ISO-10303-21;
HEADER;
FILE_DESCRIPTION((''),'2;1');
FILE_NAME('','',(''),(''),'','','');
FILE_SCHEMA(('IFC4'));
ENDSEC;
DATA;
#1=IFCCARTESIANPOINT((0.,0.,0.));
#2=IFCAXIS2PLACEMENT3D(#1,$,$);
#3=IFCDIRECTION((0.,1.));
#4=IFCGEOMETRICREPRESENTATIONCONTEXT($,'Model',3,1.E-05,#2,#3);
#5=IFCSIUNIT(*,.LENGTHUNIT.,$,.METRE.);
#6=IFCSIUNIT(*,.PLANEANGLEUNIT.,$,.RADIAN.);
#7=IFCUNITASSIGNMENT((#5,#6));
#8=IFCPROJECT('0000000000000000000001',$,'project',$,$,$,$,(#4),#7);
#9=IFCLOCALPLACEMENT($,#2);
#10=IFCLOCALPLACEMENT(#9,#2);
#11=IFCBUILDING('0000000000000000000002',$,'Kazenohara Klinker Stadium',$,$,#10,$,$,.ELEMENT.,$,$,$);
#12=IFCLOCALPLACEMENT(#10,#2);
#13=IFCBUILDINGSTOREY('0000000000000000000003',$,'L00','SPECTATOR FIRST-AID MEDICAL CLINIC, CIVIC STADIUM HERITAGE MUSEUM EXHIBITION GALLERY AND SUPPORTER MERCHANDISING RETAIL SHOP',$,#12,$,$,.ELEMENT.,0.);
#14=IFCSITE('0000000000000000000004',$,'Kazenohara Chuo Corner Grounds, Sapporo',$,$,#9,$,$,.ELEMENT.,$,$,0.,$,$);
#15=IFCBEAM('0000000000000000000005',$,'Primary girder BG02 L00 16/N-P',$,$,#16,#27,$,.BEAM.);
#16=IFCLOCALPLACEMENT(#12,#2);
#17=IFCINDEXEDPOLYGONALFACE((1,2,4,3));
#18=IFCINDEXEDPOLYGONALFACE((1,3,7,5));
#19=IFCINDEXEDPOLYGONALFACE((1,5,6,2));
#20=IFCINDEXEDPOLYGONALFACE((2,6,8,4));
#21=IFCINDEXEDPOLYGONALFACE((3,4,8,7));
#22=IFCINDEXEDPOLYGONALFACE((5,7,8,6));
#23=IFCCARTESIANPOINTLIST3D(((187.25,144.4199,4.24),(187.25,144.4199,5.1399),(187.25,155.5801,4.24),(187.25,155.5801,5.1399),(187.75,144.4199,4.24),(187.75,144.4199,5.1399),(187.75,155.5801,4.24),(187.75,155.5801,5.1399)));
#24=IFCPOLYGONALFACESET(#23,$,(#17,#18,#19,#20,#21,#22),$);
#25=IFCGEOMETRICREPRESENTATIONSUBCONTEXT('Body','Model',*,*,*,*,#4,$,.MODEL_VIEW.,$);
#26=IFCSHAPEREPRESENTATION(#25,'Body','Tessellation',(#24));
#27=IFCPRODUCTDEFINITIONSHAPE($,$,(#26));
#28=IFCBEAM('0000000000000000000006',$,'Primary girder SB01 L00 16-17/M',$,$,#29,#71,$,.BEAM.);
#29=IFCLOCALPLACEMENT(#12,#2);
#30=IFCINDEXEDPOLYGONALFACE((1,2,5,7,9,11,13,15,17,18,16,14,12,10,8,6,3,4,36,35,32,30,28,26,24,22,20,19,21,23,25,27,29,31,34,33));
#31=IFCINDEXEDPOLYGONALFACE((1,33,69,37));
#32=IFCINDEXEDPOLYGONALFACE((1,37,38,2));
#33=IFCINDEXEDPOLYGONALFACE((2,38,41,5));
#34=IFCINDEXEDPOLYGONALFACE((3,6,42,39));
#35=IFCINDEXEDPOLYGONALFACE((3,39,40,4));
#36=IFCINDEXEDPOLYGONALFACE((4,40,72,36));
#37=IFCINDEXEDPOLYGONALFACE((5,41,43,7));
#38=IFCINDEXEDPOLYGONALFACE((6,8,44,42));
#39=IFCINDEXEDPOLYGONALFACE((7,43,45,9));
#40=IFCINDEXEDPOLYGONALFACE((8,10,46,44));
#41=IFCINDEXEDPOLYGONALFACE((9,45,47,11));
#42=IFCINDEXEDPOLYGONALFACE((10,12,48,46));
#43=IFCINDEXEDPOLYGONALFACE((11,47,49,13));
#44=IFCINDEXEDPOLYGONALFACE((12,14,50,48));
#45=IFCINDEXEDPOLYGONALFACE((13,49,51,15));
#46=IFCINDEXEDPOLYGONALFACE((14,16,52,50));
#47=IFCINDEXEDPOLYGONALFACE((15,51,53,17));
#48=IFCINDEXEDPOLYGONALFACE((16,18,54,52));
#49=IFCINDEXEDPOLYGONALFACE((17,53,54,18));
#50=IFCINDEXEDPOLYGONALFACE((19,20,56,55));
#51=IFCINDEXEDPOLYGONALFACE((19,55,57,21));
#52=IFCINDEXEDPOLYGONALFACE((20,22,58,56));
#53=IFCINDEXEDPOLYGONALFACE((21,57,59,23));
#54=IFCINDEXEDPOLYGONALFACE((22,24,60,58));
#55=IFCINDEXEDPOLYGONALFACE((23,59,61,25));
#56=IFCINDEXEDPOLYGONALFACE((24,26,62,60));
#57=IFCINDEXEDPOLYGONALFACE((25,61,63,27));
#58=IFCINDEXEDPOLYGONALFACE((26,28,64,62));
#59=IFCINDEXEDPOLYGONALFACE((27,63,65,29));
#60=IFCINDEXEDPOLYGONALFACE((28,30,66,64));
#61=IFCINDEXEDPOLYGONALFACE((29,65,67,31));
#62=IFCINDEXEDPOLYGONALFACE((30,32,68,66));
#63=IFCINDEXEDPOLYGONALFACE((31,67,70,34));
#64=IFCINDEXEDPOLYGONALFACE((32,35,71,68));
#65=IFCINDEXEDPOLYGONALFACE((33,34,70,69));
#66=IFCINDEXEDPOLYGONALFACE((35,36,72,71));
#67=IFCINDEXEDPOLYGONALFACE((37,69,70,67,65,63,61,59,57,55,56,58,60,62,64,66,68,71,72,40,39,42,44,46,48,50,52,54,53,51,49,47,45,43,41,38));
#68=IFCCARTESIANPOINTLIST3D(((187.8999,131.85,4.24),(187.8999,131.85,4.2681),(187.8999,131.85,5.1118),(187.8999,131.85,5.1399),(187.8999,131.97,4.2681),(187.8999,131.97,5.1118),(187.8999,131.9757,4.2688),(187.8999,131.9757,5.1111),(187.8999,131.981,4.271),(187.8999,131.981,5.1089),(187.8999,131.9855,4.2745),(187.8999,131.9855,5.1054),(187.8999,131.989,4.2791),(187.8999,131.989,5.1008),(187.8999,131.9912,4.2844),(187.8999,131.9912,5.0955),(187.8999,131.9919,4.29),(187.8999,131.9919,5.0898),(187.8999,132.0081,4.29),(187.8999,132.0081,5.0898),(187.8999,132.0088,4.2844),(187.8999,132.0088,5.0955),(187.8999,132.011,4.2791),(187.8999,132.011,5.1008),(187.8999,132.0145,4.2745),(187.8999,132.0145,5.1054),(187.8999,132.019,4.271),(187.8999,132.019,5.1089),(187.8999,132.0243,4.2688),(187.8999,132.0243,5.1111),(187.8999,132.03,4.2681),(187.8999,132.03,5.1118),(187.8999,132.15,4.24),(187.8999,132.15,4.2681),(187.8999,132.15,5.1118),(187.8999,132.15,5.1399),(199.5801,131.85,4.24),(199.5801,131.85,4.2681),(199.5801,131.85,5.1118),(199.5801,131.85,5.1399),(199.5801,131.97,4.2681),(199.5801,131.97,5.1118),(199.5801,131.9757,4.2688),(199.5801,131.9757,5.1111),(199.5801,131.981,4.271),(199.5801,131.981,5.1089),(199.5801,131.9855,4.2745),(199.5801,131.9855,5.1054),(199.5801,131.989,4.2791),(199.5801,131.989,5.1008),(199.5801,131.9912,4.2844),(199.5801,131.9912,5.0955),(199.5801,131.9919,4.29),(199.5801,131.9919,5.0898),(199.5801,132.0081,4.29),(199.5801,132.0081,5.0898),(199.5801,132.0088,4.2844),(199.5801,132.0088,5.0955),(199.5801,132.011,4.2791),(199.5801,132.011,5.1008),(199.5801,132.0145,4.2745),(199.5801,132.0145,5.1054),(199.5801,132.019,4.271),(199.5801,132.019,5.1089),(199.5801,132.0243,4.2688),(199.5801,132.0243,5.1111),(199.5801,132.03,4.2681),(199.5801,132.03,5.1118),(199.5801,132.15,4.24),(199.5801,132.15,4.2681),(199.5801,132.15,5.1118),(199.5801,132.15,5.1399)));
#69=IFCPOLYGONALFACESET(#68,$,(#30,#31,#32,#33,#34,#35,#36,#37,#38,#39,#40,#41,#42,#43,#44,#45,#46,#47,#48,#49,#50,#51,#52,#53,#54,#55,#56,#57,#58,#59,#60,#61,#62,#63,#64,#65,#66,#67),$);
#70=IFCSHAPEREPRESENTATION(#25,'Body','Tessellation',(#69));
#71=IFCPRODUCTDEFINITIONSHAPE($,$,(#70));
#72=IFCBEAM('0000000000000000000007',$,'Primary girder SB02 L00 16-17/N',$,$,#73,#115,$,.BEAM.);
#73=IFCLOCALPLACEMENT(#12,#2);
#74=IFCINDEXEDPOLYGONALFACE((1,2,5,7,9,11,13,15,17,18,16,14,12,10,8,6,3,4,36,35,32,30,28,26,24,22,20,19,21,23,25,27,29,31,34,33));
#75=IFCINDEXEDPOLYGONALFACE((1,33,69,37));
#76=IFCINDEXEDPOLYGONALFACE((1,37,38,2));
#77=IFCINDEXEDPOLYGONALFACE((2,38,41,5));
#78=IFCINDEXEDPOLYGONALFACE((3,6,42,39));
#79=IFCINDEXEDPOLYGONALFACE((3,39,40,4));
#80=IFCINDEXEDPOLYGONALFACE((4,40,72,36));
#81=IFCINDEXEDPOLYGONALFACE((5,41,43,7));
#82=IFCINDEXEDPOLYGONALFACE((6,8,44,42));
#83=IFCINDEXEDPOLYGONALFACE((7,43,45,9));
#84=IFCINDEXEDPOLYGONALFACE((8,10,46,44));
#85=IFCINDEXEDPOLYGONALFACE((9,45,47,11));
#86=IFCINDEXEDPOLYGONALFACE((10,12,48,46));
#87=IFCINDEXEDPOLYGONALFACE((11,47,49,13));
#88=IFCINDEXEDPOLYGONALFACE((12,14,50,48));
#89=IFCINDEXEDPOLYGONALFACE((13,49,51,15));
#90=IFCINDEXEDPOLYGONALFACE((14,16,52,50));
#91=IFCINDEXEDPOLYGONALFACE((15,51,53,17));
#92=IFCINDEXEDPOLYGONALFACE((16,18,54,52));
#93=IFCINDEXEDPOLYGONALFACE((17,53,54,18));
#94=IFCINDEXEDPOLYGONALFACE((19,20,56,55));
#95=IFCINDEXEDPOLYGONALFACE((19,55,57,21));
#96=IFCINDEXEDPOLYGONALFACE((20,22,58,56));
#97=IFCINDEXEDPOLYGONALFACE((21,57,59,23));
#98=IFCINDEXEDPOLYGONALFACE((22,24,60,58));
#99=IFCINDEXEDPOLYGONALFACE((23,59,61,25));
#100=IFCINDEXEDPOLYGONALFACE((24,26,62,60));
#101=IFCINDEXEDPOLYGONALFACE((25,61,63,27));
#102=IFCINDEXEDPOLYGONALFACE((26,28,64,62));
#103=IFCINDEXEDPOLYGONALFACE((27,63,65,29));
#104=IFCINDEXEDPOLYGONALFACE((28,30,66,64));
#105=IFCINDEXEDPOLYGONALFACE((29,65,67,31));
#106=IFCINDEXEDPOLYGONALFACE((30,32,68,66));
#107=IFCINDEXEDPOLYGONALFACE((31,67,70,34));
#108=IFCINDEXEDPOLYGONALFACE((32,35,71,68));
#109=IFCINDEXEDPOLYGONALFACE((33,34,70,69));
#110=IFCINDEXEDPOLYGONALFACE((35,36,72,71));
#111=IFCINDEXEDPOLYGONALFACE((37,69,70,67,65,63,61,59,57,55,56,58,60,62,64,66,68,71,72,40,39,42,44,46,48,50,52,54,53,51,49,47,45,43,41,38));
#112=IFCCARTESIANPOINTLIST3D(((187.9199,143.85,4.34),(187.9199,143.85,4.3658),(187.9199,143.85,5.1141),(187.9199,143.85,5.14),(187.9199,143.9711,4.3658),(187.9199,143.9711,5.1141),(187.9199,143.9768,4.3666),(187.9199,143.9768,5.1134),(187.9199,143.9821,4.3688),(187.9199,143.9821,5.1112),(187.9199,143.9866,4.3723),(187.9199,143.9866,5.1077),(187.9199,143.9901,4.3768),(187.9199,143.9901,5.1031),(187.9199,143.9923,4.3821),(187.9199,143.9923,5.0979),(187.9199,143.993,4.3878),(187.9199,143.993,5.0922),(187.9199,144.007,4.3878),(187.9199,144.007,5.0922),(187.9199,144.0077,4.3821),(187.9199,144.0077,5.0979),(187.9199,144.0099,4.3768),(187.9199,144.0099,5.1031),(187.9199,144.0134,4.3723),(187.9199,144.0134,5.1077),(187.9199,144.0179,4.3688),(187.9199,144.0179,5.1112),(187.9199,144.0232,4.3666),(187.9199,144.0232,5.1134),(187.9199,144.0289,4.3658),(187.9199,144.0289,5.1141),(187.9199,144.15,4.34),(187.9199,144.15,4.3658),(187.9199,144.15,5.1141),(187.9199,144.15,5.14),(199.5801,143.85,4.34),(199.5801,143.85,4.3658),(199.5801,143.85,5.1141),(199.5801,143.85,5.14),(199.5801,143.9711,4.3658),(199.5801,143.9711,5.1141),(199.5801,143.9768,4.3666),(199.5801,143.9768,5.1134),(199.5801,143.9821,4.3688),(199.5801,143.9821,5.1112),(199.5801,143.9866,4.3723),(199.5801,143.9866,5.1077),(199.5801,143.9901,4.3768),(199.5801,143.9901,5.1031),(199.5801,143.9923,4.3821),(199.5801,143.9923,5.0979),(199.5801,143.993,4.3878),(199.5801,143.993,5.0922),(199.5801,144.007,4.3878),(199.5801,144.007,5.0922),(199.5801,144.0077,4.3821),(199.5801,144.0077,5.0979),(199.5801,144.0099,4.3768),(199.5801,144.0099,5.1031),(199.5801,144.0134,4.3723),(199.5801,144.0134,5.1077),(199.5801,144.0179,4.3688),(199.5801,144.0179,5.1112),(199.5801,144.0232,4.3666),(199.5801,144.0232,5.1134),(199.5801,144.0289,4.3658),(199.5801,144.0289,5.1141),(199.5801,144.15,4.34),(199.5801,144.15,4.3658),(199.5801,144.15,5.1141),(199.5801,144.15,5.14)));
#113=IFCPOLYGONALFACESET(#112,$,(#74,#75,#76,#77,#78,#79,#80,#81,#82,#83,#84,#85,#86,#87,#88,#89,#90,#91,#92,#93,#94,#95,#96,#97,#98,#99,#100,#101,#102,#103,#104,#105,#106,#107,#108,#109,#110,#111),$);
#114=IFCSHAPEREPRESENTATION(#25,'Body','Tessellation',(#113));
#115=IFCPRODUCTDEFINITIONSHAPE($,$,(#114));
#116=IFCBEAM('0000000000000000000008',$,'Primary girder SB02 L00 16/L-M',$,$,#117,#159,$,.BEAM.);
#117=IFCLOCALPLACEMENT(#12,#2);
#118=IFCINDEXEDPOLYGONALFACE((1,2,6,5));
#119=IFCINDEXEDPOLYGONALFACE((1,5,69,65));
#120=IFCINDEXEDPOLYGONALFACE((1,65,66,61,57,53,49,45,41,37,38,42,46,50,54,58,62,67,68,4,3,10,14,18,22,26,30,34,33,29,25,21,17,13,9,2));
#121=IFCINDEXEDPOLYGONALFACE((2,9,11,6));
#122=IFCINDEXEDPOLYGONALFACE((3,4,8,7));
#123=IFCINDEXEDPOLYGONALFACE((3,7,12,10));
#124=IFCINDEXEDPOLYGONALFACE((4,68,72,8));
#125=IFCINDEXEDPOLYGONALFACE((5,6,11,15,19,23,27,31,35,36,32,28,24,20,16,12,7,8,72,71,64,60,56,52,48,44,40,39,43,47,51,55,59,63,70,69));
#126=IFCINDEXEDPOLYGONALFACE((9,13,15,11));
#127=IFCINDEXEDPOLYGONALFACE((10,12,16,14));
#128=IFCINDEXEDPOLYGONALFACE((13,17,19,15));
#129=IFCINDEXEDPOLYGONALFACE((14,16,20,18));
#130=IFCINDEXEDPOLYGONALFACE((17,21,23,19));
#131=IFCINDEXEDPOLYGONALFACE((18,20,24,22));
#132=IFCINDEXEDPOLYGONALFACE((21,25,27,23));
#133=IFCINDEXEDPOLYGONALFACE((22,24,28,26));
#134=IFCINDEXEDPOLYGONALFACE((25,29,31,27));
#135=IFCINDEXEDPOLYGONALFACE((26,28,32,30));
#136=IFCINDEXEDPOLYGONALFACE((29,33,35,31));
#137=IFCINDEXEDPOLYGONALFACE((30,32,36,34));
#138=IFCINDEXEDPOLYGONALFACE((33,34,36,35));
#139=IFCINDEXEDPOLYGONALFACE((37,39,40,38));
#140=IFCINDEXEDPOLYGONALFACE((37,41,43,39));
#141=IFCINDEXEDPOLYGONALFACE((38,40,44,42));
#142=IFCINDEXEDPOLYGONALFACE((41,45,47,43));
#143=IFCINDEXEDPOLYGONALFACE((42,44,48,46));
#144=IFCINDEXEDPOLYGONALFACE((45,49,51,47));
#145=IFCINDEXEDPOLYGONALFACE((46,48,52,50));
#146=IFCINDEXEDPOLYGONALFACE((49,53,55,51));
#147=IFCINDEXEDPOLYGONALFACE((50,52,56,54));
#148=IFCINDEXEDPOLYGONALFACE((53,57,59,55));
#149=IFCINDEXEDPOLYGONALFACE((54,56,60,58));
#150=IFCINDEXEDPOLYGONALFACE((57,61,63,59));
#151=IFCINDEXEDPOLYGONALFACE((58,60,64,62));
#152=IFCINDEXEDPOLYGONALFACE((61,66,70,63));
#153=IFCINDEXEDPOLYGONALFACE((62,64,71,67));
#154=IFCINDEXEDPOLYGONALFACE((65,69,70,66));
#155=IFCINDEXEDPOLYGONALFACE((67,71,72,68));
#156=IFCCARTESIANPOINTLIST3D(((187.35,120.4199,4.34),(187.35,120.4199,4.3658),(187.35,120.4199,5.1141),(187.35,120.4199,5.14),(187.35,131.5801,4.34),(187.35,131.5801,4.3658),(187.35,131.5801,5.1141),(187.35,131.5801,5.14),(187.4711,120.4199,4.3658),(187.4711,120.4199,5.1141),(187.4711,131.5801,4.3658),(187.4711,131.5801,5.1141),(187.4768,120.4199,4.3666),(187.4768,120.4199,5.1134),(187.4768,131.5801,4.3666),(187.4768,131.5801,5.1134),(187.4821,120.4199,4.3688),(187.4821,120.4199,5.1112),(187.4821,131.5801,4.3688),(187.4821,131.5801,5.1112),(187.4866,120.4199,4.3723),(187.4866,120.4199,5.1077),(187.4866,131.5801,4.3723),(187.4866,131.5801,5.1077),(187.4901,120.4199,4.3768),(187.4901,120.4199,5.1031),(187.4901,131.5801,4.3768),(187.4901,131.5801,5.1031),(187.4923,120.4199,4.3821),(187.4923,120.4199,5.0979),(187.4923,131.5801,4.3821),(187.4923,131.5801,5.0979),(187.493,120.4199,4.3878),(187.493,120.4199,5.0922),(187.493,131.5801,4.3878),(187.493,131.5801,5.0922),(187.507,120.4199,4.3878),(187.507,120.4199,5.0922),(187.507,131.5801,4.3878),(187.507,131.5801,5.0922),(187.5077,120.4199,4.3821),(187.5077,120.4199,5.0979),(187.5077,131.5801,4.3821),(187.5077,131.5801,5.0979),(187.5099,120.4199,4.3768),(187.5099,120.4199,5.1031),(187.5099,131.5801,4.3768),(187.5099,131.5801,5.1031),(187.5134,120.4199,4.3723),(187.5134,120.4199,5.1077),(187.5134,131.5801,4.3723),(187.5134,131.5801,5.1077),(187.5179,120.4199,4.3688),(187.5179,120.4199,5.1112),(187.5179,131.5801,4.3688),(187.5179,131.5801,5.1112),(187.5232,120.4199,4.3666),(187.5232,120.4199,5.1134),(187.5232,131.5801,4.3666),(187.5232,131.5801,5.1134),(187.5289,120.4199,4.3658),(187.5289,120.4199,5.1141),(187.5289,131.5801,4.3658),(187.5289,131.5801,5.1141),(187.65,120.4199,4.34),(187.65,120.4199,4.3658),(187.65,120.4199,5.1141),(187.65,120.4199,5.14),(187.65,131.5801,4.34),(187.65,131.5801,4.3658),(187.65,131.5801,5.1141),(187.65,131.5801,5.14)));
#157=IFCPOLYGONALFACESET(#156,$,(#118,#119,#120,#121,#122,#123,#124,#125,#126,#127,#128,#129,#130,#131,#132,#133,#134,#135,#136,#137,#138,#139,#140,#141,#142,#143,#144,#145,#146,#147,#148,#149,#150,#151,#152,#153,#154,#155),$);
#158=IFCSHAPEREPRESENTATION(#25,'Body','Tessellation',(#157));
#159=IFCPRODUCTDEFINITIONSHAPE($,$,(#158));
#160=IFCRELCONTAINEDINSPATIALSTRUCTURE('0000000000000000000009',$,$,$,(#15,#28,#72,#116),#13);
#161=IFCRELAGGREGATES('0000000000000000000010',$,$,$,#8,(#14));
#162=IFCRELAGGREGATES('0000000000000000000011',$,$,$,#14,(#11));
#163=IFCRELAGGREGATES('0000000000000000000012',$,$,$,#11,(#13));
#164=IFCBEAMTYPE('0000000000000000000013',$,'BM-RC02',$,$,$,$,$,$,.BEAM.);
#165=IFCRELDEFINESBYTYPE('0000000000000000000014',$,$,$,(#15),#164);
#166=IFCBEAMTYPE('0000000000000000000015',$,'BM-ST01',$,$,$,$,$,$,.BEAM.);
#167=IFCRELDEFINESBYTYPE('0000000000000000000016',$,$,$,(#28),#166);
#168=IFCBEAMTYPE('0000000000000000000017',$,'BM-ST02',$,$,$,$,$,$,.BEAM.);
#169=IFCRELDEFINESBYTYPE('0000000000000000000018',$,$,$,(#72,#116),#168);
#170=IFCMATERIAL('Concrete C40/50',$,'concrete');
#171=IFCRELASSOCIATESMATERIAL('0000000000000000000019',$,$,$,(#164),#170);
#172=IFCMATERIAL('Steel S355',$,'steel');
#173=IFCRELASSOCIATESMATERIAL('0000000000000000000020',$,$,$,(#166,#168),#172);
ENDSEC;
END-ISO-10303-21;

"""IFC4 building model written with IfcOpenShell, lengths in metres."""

from ifc_helpers import new_model, si_unit, direction, frame, origin, origin_2d, place, context, subcontext, project, spatial, rectangle, i_section, extrude, material, material_profile, profile_set, type_object, element, save


model = new_model("IFC4")

# Units and contexts
model_context = context("Model", 3, precision=1e-05, world=origin(), true_north=direction((0.0, 1.0)))
body_context = subcontext(model_context, "Body", "Model", "MODEL_VIEW")
ifc_project = project(units=[si_unit("LENGTHUNIT", "METRE"), si_unit("PLANEANGLEUNIT", "RADIAN")], contexts=[model_context])

# Site, building, storey
site_placement = place(None, origin())
site = spatial("IfcSite", under=ifc_project, at=site_placement, Name="Kazenohara Chuo Corner Grounds, Sapporo", CompositionType="ELEMENT", RefElevation=0.0)
building_placement = place(site_placement, origin())
building = spatial("IfcBuilding", under=site, at=building_placement, Name="Kazenohara Klinker Stadium", CompositionType="ELEMENT")
storey_placement = place(building_placement, origin())
storey = spatial("IfcBuildingStorey", under=building, at=storey_placement, Name="L00", Description="SPECTATOR FIRST-AID MEDICAL CLINIC, CIVIC STADIUM HERITAGE MUSEUM EXHIBITION GALLERY AND SUPPORTER MERCHANDISING RETAIL SHOP", CompositionType="ELEMENT", Elevation=0.0)

# Shared definitions
ifc_material_1 = material(Name="Concrete C40/50", Category="concrete")

# Beams
ifc_material_2 = material(Name="Steel S355", Category="steel")
ifc_material_profile_1 = material_profile(ifc_material_1, rectangle(XDim=0.5, YDim=0.8999, at=origin_2d()), Name="RC-BM-500x900")
ifc_profile_set_1 = profile_set([ifc_material_profile_1], Name="Concrete C40/50")
beam_type_1 = type_object("IfcBeamType", Name="BM-RC02", PredefinedType="BEAM", material=ifc_profile_set_1)
beam_1_placement = place(storey_placement, frame((187.5, 144.4199, 4.6899), z_axis=(0.0, 1.0, 0.0), x_axis=(-1.0, 0.0, 0.0)))
element("IfcBeam", 1, at=beam_1_placement, inside=storey, type_object=beam_type_1, Name="Primary girder BG02 L00 16/N-P", PredefinedType="BEAM", context=body_context, shape_type="SweptSolid", body=[
    extrude(rectangle(XDim=0.5, YDim=0.8999, at=origin_2d()), origin(), (0.0, 0.0, 1.0), 11.1602),
])
ifc_material_profile_2 = material_profile(ifc_material_2, i_section(OverallWidth=0.3, OverallDepth=0.8999, WebThickness=0.0161, FlangeThickness=0.0281, FilletRadius=0.022, at=origin_2d()), Name="H-900x300x16x28")
ifc_profile_set_2 = profile_set([ifc_material_profile_2], Name="Steel S355")
beam_type_2 = type_object("IfcBeamType", Name="BM-ST01", PredefinedType="BEAM", material=ifc_profile_set_2)
beam_2_placement = place(storey_placement, frame((187.8999, 132.0, 4.6899), z_axis=(1.0, 0.0, 0.0), x_axis=(0.0, 1.0, 0.0)))
element("IfcBeam", 2, at=beam_2_placement, inside=storey, type_object=beam_type_2, Name="Primary girder SB01 L00 16-17/M", PredefinedType="BEAM", context=body_context, shape_type="SweptSolid", body=[
    extrude(i_section(OverallWidth=0.3, OverallDepth=0.8999, WebThickness=0.0161, FlangeThickness=0.0281, FilletRadius=0.022, at=origin_2d()), origin(), (0.0, 0.0, 1.0), 11.6802),
])
ifc_material_profile_3 = material_profile(ifc_material_2, i_section(OverallWidth=0.3, OverallDepth=0.8, WebThickness=0.0139, FlangeThickness=0.0259, FilletRadius=0.022, at=origin_2d()), Name="H-800x300x14x26")
ifc_profile_set_3 = profile_set([ifc_material_profile_3], Name="Steel S355")
beam_type_3 = type_object("IfcBeamType", Name="BM-ST02", PredefinedType="BEAM", material=ifc_profile_set_3)
beam_3_placement = place(storey_placement, frame((187.9199, 144.0, 4.74), z_axis=(1.0, 0.0, 0.0), x_axis=(0.0, 1.0, 0.0)))
element("IfcBeam", 3, at=beam_3_placement, inside=storey, type_object=beam_type_3, Name="Primary girder SB02 L00 16-17/N", PredefinedType="BEAM", context=body_context, shape_type="SweptSolid", body=[
    extrude(i_section(OverallWidth=0.3, OverallDepth=0.8, WebThickness=0.0139, FlangeThickness=0.0259, FilletRadius=0.022, at=origin_2d()), origin(), (0.0, 0.0, 1.0), 11.6602),
])
beam_4_placement = place(storey_placement, frame((187.5, 120.4199, 4.74), z_axis=(0.0, 1.0, 0.0), x_axis=(-1.0, 0.0, 0.0)))
element("IfcBeam", 4, at=beam_4_placement, inside=storey, type_object=beam_type_3, Name="Primary girder SB02 L00 16/L-M", PredefinedType="BEAM", context=body_context, shape_type="SweptSolid", body=[
    extrude(i_section(OverallWidth=0.3, OverallDepth=0.8, WebThickness=0.0139, FlangeThickness=0.0259, FilletRadius=0.022, at=origin_2d()), origin(), (0.0, 0.0, 1.0), 11.1602),
])

save(model, "model.ifc")
